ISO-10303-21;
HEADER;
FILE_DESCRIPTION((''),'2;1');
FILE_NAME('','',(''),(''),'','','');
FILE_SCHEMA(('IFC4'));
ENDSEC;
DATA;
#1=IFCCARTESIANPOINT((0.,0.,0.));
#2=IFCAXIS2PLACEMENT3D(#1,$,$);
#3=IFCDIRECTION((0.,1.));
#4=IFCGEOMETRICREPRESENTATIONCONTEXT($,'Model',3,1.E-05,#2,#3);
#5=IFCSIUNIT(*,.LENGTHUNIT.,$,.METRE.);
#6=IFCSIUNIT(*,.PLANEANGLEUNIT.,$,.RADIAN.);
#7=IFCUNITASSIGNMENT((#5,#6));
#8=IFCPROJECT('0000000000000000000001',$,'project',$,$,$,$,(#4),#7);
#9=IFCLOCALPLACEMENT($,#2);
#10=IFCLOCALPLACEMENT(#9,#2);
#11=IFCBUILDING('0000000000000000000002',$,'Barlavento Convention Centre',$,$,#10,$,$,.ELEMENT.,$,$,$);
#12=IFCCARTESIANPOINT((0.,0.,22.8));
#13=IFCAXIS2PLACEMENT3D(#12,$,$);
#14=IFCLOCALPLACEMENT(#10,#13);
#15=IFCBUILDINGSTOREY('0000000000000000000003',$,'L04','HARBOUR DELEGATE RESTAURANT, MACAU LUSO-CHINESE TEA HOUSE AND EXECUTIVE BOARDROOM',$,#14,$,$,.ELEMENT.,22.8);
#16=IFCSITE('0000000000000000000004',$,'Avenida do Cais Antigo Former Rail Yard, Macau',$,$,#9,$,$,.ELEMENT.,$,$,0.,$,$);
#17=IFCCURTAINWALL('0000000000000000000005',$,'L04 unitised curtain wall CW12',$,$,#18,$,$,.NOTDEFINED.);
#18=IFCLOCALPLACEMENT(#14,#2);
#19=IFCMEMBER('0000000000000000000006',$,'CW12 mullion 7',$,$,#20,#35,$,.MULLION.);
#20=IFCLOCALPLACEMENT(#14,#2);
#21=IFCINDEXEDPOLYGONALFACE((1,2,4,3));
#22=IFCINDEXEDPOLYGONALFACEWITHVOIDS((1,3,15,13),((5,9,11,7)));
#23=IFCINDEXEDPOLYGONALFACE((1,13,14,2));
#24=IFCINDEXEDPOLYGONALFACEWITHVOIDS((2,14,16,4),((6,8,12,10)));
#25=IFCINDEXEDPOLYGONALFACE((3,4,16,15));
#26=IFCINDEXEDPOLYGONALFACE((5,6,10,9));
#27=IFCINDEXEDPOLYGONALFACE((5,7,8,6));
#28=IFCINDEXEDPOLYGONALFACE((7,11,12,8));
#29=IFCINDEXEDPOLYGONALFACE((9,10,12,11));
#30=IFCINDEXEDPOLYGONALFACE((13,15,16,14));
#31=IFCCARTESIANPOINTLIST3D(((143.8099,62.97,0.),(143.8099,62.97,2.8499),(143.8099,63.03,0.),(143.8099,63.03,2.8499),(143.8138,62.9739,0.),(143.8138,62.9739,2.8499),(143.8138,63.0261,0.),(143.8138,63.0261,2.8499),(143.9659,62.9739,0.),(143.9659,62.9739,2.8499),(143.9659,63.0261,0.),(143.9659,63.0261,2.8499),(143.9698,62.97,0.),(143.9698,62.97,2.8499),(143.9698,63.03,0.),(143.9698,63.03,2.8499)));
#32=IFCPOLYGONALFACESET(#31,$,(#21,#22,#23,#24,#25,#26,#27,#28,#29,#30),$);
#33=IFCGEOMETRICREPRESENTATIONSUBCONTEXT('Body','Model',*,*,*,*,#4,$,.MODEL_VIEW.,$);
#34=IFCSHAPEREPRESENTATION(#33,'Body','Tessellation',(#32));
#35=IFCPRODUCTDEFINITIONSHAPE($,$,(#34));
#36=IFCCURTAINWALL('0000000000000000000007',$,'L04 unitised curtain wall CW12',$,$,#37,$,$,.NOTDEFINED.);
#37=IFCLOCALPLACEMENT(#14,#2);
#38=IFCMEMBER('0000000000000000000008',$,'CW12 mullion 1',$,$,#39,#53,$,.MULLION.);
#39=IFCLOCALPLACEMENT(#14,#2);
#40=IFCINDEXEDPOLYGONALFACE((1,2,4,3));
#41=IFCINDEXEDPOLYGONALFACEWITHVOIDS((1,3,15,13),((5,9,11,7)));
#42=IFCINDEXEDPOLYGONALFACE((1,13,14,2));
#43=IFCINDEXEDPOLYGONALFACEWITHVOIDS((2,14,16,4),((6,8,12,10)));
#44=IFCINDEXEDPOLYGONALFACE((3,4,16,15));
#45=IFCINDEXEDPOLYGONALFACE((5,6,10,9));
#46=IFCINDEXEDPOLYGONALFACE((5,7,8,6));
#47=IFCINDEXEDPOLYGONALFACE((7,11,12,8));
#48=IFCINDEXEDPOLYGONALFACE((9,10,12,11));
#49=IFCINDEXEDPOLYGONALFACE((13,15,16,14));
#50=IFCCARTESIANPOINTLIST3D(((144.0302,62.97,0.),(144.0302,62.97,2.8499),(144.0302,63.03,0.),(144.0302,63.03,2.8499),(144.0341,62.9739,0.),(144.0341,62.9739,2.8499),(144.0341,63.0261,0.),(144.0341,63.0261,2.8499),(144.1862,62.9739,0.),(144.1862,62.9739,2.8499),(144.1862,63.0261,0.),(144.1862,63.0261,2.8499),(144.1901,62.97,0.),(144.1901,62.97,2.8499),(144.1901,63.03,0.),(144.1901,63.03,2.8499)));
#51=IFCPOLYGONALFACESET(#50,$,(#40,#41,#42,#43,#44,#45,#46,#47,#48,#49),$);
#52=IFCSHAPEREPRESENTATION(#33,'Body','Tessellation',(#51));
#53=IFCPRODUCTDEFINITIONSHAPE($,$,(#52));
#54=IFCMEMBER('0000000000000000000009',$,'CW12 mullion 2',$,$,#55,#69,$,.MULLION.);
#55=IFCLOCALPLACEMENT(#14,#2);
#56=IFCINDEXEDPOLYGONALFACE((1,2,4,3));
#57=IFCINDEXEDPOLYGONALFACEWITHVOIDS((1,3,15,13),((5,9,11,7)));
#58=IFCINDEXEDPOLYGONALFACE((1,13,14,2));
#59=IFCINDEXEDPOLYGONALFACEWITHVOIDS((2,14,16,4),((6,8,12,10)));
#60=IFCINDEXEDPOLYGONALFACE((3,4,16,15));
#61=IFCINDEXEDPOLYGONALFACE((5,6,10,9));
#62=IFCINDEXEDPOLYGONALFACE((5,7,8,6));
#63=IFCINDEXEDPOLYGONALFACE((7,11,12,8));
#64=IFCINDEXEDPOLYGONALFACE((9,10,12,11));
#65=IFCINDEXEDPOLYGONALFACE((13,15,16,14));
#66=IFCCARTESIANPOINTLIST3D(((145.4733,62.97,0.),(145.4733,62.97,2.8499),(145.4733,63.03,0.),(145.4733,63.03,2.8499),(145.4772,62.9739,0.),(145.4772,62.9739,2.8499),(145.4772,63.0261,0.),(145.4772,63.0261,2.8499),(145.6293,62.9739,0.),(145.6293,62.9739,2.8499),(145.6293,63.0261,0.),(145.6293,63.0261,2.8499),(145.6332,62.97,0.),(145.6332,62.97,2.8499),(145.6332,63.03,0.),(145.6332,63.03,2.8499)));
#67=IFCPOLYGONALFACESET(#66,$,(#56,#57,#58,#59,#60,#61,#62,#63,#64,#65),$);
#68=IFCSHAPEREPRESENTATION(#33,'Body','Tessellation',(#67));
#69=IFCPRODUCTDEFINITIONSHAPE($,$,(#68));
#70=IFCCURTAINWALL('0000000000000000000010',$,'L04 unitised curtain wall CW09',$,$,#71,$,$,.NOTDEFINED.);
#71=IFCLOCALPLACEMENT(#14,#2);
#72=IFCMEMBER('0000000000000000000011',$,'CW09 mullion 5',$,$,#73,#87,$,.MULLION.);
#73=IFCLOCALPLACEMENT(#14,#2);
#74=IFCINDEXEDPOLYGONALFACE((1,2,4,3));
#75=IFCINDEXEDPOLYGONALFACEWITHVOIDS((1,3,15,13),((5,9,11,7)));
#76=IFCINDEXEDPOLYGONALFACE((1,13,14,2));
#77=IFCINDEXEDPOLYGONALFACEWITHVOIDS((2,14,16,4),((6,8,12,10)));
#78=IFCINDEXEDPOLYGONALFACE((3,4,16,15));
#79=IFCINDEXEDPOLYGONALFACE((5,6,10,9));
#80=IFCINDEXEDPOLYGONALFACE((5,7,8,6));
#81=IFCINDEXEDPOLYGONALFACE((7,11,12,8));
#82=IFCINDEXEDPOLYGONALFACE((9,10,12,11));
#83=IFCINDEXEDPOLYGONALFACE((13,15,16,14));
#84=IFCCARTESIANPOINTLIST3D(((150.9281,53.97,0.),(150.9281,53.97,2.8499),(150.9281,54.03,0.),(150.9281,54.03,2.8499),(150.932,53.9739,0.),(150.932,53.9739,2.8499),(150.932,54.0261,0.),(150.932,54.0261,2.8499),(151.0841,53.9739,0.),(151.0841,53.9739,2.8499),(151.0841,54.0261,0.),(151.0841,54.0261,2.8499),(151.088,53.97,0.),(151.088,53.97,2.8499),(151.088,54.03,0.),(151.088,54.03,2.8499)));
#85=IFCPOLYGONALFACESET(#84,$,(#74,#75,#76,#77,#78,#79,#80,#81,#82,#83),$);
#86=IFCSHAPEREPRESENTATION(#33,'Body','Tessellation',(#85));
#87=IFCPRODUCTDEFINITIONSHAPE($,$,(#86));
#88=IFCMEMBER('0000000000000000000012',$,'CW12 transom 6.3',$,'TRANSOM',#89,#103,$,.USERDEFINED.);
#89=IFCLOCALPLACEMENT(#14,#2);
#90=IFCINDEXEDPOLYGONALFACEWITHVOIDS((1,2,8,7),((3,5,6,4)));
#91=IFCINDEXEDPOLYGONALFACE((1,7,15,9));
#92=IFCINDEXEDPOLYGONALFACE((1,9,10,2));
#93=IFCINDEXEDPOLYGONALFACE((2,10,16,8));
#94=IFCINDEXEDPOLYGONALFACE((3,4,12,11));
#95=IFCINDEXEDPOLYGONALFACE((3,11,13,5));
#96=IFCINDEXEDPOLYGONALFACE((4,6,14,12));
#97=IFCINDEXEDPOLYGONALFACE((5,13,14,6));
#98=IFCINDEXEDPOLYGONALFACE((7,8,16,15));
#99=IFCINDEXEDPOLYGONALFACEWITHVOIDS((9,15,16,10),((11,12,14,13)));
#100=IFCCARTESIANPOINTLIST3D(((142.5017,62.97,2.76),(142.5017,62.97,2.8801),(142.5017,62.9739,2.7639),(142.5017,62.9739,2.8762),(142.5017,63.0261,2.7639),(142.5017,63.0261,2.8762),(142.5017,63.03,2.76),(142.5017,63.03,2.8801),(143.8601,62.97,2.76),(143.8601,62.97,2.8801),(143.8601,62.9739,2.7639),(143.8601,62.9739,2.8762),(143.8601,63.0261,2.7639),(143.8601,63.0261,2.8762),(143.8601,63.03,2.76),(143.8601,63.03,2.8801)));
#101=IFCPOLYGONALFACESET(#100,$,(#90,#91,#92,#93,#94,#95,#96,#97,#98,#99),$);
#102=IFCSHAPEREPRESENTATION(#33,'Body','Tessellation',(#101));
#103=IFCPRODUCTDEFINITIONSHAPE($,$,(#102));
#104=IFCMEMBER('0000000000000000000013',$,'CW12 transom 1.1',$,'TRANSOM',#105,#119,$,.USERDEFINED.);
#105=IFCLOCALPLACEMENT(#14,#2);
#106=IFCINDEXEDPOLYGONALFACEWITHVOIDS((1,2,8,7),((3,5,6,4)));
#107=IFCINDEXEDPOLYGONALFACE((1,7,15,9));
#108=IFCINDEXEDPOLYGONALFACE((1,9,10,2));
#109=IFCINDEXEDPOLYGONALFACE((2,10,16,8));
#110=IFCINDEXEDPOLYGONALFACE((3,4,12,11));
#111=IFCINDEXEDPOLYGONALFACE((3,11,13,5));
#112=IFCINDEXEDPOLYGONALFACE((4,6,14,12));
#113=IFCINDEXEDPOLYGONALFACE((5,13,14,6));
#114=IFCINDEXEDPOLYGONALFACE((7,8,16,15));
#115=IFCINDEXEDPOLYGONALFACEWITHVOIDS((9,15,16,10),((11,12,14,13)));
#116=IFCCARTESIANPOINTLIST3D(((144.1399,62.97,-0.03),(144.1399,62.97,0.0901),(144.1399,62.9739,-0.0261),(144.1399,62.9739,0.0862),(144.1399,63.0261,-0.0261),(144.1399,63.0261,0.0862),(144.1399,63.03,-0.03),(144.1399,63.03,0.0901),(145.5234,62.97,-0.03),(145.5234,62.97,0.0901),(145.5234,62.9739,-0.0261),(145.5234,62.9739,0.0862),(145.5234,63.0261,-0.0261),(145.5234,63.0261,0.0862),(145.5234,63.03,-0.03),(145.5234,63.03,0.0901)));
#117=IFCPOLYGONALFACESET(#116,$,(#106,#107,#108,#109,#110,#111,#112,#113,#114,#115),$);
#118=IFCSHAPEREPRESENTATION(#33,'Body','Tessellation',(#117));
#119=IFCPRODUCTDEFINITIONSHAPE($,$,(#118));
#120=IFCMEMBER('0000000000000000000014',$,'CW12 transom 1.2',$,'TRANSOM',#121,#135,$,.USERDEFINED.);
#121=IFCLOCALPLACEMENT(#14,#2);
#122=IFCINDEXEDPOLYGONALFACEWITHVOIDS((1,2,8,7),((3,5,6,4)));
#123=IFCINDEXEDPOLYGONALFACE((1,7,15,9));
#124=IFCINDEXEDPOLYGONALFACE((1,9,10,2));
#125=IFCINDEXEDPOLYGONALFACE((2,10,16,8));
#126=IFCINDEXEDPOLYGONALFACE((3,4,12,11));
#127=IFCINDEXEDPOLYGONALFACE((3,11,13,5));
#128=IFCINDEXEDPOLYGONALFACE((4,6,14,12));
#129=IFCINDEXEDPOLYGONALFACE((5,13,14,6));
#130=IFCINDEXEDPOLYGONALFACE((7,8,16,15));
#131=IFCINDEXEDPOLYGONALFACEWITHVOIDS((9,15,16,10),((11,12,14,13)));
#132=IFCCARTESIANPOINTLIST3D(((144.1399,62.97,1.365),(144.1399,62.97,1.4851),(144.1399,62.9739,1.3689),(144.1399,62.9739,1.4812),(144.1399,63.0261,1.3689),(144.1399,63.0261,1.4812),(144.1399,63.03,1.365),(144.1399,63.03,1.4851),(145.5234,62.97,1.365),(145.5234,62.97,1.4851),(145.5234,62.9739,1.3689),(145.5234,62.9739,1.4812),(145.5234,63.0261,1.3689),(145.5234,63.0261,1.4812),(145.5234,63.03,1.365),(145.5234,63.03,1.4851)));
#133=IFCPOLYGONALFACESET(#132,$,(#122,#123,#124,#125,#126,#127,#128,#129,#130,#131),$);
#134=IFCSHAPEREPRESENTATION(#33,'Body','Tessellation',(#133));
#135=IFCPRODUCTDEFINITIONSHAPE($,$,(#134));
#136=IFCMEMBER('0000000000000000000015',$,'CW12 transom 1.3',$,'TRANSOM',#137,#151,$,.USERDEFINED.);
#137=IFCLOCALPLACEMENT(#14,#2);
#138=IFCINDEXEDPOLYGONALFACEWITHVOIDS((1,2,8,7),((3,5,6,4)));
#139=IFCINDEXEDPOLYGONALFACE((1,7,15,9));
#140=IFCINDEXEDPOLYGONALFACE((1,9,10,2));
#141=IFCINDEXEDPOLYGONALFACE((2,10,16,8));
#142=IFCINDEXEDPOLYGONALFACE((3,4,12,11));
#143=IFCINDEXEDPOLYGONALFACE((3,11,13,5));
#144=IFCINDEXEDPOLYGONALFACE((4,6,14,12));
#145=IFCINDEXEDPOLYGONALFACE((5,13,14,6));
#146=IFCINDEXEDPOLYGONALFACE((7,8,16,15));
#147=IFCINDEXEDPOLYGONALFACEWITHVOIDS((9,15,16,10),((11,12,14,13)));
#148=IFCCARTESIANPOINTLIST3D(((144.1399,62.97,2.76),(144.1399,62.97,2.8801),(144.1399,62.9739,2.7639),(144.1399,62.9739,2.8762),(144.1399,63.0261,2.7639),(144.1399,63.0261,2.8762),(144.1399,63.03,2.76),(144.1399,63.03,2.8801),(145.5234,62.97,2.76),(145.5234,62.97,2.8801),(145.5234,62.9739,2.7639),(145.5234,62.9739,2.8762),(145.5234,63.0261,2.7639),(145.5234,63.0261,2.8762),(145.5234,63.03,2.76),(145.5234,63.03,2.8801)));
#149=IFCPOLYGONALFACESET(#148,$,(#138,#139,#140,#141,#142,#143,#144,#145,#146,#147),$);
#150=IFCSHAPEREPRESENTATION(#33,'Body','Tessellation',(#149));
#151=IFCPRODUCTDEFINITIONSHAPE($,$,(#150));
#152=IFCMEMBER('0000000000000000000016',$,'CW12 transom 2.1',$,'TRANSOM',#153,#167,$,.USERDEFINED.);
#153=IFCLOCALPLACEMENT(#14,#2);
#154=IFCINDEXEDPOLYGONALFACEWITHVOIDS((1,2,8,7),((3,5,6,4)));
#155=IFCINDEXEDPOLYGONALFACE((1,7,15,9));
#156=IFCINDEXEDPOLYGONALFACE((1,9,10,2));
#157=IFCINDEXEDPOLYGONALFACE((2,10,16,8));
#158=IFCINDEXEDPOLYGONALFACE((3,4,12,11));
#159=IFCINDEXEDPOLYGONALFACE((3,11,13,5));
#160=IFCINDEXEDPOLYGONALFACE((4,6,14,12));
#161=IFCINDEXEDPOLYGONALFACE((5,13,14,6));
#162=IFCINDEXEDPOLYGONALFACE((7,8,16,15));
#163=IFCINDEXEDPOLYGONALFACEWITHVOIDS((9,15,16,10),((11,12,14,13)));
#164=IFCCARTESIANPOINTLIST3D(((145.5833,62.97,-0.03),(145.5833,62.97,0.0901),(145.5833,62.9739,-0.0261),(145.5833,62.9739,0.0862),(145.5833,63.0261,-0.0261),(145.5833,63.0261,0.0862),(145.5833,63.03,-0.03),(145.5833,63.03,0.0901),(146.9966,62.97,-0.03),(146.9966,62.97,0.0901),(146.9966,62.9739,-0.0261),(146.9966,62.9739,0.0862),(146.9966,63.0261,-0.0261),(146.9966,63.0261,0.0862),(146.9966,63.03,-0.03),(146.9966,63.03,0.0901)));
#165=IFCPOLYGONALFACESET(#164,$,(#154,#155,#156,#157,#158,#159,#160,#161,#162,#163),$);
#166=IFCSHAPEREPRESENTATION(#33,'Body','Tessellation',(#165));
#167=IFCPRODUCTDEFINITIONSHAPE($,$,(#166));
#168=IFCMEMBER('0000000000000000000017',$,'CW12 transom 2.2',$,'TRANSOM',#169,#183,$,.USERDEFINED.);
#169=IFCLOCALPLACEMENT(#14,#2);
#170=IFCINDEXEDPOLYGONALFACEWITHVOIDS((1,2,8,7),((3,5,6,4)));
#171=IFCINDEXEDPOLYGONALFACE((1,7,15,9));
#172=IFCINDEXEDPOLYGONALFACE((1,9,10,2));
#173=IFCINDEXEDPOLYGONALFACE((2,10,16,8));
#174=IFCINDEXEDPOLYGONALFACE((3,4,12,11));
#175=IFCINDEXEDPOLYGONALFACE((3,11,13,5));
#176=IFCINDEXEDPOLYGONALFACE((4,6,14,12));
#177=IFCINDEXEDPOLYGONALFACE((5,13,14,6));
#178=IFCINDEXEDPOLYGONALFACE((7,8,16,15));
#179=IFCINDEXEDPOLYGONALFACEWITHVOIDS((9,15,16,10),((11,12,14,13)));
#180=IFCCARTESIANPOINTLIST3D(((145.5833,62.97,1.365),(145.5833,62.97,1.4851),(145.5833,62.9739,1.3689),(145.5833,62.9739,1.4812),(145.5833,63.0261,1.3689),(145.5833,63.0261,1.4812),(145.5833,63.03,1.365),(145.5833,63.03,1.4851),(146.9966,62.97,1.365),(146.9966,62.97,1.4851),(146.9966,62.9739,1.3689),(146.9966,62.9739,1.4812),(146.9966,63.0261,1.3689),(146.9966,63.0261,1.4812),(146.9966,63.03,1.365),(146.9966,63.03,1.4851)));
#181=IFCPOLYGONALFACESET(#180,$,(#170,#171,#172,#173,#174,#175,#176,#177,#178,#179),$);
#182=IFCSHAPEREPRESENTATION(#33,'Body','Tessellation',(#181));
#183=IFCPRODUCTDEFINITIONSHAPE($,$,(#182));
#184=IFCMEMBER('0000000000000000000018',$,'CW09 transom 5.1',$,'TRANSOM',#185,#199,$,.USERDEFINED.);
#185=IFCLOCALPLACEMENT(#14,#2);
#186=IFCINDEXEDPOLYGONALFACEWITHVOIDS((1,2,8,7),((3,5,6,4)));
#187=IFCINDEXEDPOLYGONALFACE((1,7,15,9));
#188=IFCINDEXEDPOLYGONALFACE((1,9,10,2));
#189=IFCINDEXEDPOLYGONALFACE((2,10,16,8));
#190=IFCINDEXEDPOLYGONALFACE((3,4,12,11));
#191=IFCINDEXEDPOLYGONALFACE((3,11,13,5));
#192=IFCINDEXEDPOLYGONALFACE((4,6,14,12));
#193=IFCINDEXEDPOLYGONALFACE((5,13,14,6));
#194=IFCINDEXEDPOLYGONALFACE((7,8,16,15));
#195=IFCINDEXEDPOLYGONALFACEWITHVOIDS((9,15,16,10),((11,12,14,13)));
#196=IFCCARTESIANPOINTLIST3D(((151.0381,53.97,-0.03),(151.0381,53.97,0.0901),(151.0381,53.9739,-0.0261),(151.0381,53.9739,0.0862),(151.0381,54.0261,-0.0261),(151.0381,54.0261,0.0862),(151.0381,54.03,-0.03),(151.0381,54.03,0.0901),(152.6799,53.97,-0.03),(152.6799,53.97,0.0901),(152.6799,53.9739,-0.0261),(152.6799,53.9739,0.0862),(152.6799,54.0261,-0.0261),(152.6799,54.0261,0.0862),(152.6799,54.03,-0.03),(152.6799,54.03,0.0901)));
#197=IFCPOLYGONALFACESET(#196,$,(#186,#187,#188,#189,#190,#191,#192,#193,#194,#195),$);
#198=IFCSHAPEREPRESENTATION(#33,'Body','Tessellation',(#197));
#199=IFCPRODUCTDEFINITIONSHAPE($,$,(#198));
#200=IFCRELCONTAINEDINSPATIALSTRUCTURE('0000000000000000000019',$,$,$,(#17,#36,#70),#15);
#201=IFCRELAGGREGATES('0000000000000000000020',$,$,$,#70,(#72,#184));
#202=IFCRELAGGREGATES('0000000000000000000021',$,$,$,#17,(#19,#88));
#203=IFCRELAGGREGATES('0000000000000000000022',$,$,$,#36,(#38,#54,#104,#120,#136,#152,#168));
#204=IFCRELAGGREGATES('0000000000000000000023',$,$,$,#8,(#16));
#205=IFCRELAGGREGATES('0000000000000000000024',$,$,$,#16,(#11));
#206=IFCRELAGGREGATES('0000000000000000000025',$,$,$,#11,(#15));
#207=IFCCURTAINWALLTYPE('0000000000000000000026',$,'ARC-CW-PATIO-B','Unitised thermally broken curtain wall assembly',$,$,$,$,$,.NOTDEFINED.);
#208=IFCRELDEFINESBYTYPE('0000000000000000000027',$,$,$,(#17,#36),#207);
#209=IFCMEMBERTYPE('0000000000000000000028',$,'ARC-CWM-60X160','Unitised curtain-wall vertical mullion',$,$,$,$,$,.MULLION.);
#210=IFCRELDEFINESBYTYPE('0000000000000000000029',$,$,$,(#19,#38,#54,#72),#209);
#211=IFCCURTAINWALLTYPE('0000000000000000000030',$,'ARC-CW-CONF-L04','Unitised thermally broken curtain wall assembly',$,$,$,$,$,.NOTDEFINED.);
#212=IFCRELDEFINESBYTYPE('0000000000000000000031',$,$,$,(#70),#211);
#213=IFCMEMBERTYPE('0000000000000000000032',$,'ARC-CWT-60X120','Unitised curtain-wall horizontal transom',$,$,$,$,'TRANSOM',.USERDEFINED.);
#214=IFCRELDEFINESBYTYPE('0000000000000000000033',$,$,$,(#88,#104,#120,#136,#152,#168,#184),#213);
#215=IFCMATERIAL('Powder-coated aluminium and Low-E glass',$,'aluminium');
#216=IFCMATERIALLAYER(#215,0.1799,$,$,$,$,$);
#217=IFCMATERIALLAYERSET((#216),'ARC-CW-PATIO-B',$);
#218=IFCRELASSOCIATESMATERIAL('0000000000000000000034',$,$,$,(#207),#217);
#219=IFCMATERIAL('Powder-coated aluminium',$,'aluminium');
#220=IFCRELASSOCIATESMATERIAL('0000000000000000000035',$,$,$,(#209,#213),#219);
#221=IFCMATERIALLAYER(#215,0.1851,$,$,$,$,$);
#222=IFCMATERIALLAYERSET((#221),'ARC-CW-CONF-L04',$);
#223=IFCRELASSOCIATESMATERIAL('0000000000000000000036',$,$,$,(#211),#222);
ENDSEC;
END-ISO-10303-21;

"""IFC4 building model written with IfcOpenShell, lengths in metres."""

from ifc_helpers import new_model, si_unit, direction, frame, origin, origin_2d, place, context, subcontext, project, spatial, hollow_rectangle, extrude, material, layer, layer_set, material_profile, profile_set, type_object, element, aggregate, save


model = new_model("IFC4")

# Units and contexts
model_context = context("Model", 3, precision=1e-05, world=origin(), true_north=direction((0.0, 1.0)))
body_context = subcontext(model_context, "Body", "Model", "MODEL_VIEW")
ifc_project = project(units=[si_unit("LENGTHUNIT", "METRE"), si_unit("PLANEANGLEUNIT", "RADIAN")], contexts=[model_context])

# Site, building, storey
site_placement = place(None, origin())
site = spatial("IfcSite", under=ifc_project, at=site_placement, Name="Avenida do Cais Antigo Former Rail Yard, Macau", CompositionType="ELEMENT", RefElevation=0.0)
building_placement = place(site_placement, origin())
building = spatial("IfcBuilding", under=site, at=building_placement, Name="Barlavento Convention Centre", CompositionType="ELEMENT")
storey_placement = place(building_placement, frame((0.0, 0.0, 22.8)))
storey = spatial("IfcBuildingStorey", under=building, at=storey_placement, Name="L04", Description="HARBOUR DELEGATE RESTAURANT, MACAU LUSO-CHINESE TEA HOUSE AND EXECUTIVE BOARDROOM", CompositionType="ELEMENT", Elevation=22.8)

# Curtain wall, member
ifc_material_1 = material(Name="Powder-coated aluminium and Low-E glass", Category="aluminium")
ifc_layer_1 = layer(ifc_material_1, 0.1799)
ifc_layer_set_1 = layer_set([ifc_layer_1], Name="ARC-CW-PATIO-B")
curtain_wall_type_1 = type_object("IfcCurtainWallType", Name="ARC-CW-PATIO-B", Description="Unitised thermally broken curtain wall assembly", PredefinedType="NOTDEFINED", material=ifc_layer_set_1)
curtain_wall_1_placement = place(storey_placement, origin())
curtain_wall_1 = element("IfcCurtainWall", 1, at=curtain_wall_1_placement, inside=storey, type_object=curtain_wall_type_1, Name="L04 unitised curtain wall CW12", PredefinedType="NOTDEFINED")
ifc_material_2 = material(Name="Powder-coated aluminium", Category="aluminium")
ifc_material_profile_1 = material_profile(ifc_material_2, hollow_rectangle(XDim=0.0601, YDim=0.1599, WallThickness=0.0039, at=origin_2d()), Name="AL-MULL 60x160x4")
ifc_profile_set_1 = profile_set([ifc_material_profile_1], Name="Powder-coated aluminium")
member_type_1 = type_object("IfcMemberType", Name="ARC-CWM-60X160", Description="Unitised curtain-wall vertical mullion", PredefinedType="MULLION", material=ifc_profile_set_1)
member_1_placement = place(storey_placement, frame((143.8899, 63.0, 0.0), z_axis=(0.0, 0.0, 1.0), x_axis=(0.0, 1.0, 0.0)))
member_1 = element("IfcMember", 2, at=member_1_placement, type_object=member_type_1, Name="CW12 mullion 7", PredefinedType="MULLION", context=body_context, shape_type="SweptSolid", body=[
    extrude(hollow_rectangle(XDim=0.0601, YDim=0.1599, WallThickness=0.0039, at=origin_2d()), origin(), (0.0, 0.0, 1.0), 2.8499),
])

# Curtain wall, members
curtain_wall_2_placement = place(storey_placement, origin())
curtain_wall_2 = element("IfcCurtainWall", 3, at=curtain_wall_2_placement, inside=storey, type_object=curtain_wall_type_1, Name="L04 unitised curtain wall CW12", PredefinedType="NOTDEFINED")
member_2_placement = place(storey_placement, frame((144.1101, 63.0, 0.0), z_axis=(0.0, 0.0, 1.0), x_axis=(0.0, 1.0, 0.0)))
member_2 = element("IfcMember", 4, at=member_2_placement, type_object=member_type_1, Name="CW12 mullion 1", PredefinedType="MULLION", context=body_context, shape_type="SweptSolid", body=[
    extrude(hollow_rectangle(XDim=0.0601, YDim=0.1599, WallThickness=0.0039, at=origin_2d()), origin(), (0.0, 0.0, 1.0), 2.8499),
])
member_3_placement = place(storey_placement, frame((145.5532, 63.0, 0.0), z_axis=(0.0, 0.0, 1.0), x_axis=(0.0, 1.0, 0.0)))
member_3 = element("IfcMember", 5, at=member_3_placement, type_object=member_type_1, Name="CW12 mullion 2", PredefinedType="MULLION", context=body_context, shape_type="SweptSolid", body=[
    extrude(hollow_rectangle(XDim=0.0601, YDim=0.1599, WallThickness=0.0039, at=origin_2d()), origin(), (0.0, 0.0, 1.0), 2.8499),
])

# Curtain wall, member
ifc_layer_2 = layer(ifc_material_1, 0.1851)
ifc_layer_set_2 = layer_set([ifc_layer_2], Name="ARC-CW-CONF-L04")
curtain_wall_type_2 = type_object("IfcCurtainWallType", Name="ARC-CW-CONF-L04", Description="Unitised thermally broken curtain wall assembly", PredefinedType="NOTDEFINED", material=ifc_layer_set_2)
curtain_wall_3_placement = place(storey_placement, origin())
curtain_wall_3 = element("IfcCurtainWall", 6, at=curtain_wall_3_placement, inside=storey, type_object=curtain_wall_type_2, Name="L04 unitised curtain wall CW09", PredefinedType="NOTDEFINED")
member_4_placement = place(storey_placement, frame((151.0081, 54.0, 0.0), z_axis=(0.0, 0.0, 1.0), x_axis=(0.0, 1.0, 0.0)))
member_4 = element("IfcMember", 7, at=member_4_placement, type_object=member_type_1, Name="CW09 mullion 5", PredefinedType="MULLION", context=body_context, shape_type="SweptSolid", body=[
    extrude(hollow_rectangle(XDim=0.0601, YDim=0.1599, WallThickness=0.0039, at=origin_2d()), origin(), (0.0, 0.0, 1.0), 2.8499),
])

# Members
ifc_material_profile_2 = material_profile(ifc_material_2, hollow_rectangle(XDim=0.0601, YDim=0.1201, WallThickness=0.0039, at=origin_2d()), Name="AL-TRAN 60x120x4")
ifc_profile_set_2 = profile_set([ifc_material_profile_2], Name="Powder-coated aluminium")
member_type_2 = type_object("IfcMemberType", Name="ARC-CWT-60X120", Description="Unitised curtain-wall horizontal transom", ElementType="TRANSOM", PredefinedType="USERDEFINED", material=ifc_profile_set_2)
member_5_placement = place(storey_placement, frame((142.5017, 63.0, 2.8201), z_axis=(1.0, 0.0, 0.0), x_axis=(0.0, 1.0, 0.0)))
member_5 = element("IfcMember", 8, at=member_5_placement, type_object=member_type_2, Name="CW12 transom 6.3", ObjectType="TRANSOM", PredefinedType="USERDEFINED", context=body_context, shape_type="SweptSolid", body=[
    extrude(hollow_rectangle(XDim=0.0601, YDim=0.1201, WallThickness=0.0039, at=origin_2d()), origin(), (0.0, 0.0, 1.0), 1.3584),
])
member_6_placement = place(storey_placement, frame((144.1399, 63.0, 0.03), z_axis=(1.0, 0.0, 0.0), x_axis=(0.0, 1.0, 0.0)))
member_6 = element("IfcMember", 9, at=member_6_placement, type_object=member_type_2, Name="CW12 transom 1.1", ObjectType="TRANSOM", PredefinedType="USERDEFINED", context=body_context, shape_type="SweptSolid", body=[
    extrude(hollow_rectangle(XDim=0.0601, YDim=0.1201, WallThickness=0.0039, at=origin_2d()), origin(), (0.0, 0.0, 1.0), 1.3835),
])
member_7_placement = place(storey_placement, frame((144.1399, 63.0, 1.425), z_axis=(1.0, 0.0, 0.0), x_axis=(0.0, 1.0, 0.0)))
member_7 = element("IfcMember", 10, at=member_7_placement, type_object=member_type_2, Name="CW12 transom 1.2", ObjectType="TRANSOM", PredefinedType="USERDEFINED", context=body_context, shape_type="SweptSolid", body=[
    extrude(hollow_rectangle(XDim=0.0601, YDim=0.1201, WallThickness=0.0039, at=origin_2d()), origin(), (0.0, 0.0, 1.0), 1.3835),
])
member_8_placement = place(storey_placement, frame((144.1399, 63.0, 2.8201), z_axis=(1.0, 0.0, 0.0), x_axis=(0.0, 1.0, 0.0)))
member_8 = element("IfcMember", 11, at=member_8_placement, type_object=member_type_2, Name="CW12 transom 1.3", ObjectType="TRANSOM", PredefinedType="USERDEFINED", context=body_context, shape_type="SweptSolid", body=[
    extrude(hollow_rectangle(XDim=0.0601, YDim=0.1201, WallThickness=0.0039, at=origin_2d()), origin(), (0.0, 0.0, 1.0), 1.3835),
])
member_9_placement = place(storey_placement, frame((145.5833, 63.0, 0.03), z_axis=(1.0, 0.0, 0.0), x_axis=(0.0, 1.0, 0.0)))
member_9 = element("IfcMember", 12, at=member_9_placement, type_object=member_type_2, Name="CW12 transom 2.1", ObjectType="TRANSOM", PredefinedType="USERDEFINED", context=body_context, shape_type="SweptSolid", body=[
    extrude(hollow_rectangle(XDim=0.0601, YDim=0.1201, WallThickness=0.0039, at=origin_2d()), origin(), (0.0, 0.0, 1.0), 1.4133),
])
member_10_placement = place(storey_placement, frame((145.5833, 63.0, 1.425), z_axis=(1.0, 0.0, 0.0), x_axis=(0.0, 1.0, 0.0)))
member_10 = element("IfcMember", 13, at=member_10_placement, type_object=member_type_2, Name="CW12 transom 2.2", ObjectType="TRANSOM", PredefinedType="USERDEFINED", context=body_context, shape_type="SweptSolid", body=[
    extrude(hollow_rectangle(XDim=0.0601, YDim=0.1201, WallThickness=0.0039, at=origin_2d()), origin(), (0.0, 0.0, 1.0), 1.4133),
])
member_11_placement = place(storey_placement, frame((151.0381, 54.0, 0.03), z_axis=(1.0, 0.0, 0.0), x_axis=(0.0, 1.0, 0.0)))
member_11 = element("IfcMember", 14, at=member_11_placement, type_object=member_type_2, Name="CW09 transom 5.1", ObjectType="TRANSOM", PredefinedType="USERDEFINED", context=body_context, shape_type="SweptSolid", body=[
    extrude(hollow_rectangle(XDim=0.0601, YDim=0.1201, WallThickness=0.0039, at=origin_2d()), origin(), (0.0, 0.0, 1.0), 1.6418),
])
aggregate(curtain_wall_3, [member_4, member_11])

aggregate(curtain_wall_1, [member_1, member_5])
aggregate(curtain_wall_2, [member_2, member_3, member_6, member_7, member_8, member_9, member_10])

save(model, "model.ifc")
